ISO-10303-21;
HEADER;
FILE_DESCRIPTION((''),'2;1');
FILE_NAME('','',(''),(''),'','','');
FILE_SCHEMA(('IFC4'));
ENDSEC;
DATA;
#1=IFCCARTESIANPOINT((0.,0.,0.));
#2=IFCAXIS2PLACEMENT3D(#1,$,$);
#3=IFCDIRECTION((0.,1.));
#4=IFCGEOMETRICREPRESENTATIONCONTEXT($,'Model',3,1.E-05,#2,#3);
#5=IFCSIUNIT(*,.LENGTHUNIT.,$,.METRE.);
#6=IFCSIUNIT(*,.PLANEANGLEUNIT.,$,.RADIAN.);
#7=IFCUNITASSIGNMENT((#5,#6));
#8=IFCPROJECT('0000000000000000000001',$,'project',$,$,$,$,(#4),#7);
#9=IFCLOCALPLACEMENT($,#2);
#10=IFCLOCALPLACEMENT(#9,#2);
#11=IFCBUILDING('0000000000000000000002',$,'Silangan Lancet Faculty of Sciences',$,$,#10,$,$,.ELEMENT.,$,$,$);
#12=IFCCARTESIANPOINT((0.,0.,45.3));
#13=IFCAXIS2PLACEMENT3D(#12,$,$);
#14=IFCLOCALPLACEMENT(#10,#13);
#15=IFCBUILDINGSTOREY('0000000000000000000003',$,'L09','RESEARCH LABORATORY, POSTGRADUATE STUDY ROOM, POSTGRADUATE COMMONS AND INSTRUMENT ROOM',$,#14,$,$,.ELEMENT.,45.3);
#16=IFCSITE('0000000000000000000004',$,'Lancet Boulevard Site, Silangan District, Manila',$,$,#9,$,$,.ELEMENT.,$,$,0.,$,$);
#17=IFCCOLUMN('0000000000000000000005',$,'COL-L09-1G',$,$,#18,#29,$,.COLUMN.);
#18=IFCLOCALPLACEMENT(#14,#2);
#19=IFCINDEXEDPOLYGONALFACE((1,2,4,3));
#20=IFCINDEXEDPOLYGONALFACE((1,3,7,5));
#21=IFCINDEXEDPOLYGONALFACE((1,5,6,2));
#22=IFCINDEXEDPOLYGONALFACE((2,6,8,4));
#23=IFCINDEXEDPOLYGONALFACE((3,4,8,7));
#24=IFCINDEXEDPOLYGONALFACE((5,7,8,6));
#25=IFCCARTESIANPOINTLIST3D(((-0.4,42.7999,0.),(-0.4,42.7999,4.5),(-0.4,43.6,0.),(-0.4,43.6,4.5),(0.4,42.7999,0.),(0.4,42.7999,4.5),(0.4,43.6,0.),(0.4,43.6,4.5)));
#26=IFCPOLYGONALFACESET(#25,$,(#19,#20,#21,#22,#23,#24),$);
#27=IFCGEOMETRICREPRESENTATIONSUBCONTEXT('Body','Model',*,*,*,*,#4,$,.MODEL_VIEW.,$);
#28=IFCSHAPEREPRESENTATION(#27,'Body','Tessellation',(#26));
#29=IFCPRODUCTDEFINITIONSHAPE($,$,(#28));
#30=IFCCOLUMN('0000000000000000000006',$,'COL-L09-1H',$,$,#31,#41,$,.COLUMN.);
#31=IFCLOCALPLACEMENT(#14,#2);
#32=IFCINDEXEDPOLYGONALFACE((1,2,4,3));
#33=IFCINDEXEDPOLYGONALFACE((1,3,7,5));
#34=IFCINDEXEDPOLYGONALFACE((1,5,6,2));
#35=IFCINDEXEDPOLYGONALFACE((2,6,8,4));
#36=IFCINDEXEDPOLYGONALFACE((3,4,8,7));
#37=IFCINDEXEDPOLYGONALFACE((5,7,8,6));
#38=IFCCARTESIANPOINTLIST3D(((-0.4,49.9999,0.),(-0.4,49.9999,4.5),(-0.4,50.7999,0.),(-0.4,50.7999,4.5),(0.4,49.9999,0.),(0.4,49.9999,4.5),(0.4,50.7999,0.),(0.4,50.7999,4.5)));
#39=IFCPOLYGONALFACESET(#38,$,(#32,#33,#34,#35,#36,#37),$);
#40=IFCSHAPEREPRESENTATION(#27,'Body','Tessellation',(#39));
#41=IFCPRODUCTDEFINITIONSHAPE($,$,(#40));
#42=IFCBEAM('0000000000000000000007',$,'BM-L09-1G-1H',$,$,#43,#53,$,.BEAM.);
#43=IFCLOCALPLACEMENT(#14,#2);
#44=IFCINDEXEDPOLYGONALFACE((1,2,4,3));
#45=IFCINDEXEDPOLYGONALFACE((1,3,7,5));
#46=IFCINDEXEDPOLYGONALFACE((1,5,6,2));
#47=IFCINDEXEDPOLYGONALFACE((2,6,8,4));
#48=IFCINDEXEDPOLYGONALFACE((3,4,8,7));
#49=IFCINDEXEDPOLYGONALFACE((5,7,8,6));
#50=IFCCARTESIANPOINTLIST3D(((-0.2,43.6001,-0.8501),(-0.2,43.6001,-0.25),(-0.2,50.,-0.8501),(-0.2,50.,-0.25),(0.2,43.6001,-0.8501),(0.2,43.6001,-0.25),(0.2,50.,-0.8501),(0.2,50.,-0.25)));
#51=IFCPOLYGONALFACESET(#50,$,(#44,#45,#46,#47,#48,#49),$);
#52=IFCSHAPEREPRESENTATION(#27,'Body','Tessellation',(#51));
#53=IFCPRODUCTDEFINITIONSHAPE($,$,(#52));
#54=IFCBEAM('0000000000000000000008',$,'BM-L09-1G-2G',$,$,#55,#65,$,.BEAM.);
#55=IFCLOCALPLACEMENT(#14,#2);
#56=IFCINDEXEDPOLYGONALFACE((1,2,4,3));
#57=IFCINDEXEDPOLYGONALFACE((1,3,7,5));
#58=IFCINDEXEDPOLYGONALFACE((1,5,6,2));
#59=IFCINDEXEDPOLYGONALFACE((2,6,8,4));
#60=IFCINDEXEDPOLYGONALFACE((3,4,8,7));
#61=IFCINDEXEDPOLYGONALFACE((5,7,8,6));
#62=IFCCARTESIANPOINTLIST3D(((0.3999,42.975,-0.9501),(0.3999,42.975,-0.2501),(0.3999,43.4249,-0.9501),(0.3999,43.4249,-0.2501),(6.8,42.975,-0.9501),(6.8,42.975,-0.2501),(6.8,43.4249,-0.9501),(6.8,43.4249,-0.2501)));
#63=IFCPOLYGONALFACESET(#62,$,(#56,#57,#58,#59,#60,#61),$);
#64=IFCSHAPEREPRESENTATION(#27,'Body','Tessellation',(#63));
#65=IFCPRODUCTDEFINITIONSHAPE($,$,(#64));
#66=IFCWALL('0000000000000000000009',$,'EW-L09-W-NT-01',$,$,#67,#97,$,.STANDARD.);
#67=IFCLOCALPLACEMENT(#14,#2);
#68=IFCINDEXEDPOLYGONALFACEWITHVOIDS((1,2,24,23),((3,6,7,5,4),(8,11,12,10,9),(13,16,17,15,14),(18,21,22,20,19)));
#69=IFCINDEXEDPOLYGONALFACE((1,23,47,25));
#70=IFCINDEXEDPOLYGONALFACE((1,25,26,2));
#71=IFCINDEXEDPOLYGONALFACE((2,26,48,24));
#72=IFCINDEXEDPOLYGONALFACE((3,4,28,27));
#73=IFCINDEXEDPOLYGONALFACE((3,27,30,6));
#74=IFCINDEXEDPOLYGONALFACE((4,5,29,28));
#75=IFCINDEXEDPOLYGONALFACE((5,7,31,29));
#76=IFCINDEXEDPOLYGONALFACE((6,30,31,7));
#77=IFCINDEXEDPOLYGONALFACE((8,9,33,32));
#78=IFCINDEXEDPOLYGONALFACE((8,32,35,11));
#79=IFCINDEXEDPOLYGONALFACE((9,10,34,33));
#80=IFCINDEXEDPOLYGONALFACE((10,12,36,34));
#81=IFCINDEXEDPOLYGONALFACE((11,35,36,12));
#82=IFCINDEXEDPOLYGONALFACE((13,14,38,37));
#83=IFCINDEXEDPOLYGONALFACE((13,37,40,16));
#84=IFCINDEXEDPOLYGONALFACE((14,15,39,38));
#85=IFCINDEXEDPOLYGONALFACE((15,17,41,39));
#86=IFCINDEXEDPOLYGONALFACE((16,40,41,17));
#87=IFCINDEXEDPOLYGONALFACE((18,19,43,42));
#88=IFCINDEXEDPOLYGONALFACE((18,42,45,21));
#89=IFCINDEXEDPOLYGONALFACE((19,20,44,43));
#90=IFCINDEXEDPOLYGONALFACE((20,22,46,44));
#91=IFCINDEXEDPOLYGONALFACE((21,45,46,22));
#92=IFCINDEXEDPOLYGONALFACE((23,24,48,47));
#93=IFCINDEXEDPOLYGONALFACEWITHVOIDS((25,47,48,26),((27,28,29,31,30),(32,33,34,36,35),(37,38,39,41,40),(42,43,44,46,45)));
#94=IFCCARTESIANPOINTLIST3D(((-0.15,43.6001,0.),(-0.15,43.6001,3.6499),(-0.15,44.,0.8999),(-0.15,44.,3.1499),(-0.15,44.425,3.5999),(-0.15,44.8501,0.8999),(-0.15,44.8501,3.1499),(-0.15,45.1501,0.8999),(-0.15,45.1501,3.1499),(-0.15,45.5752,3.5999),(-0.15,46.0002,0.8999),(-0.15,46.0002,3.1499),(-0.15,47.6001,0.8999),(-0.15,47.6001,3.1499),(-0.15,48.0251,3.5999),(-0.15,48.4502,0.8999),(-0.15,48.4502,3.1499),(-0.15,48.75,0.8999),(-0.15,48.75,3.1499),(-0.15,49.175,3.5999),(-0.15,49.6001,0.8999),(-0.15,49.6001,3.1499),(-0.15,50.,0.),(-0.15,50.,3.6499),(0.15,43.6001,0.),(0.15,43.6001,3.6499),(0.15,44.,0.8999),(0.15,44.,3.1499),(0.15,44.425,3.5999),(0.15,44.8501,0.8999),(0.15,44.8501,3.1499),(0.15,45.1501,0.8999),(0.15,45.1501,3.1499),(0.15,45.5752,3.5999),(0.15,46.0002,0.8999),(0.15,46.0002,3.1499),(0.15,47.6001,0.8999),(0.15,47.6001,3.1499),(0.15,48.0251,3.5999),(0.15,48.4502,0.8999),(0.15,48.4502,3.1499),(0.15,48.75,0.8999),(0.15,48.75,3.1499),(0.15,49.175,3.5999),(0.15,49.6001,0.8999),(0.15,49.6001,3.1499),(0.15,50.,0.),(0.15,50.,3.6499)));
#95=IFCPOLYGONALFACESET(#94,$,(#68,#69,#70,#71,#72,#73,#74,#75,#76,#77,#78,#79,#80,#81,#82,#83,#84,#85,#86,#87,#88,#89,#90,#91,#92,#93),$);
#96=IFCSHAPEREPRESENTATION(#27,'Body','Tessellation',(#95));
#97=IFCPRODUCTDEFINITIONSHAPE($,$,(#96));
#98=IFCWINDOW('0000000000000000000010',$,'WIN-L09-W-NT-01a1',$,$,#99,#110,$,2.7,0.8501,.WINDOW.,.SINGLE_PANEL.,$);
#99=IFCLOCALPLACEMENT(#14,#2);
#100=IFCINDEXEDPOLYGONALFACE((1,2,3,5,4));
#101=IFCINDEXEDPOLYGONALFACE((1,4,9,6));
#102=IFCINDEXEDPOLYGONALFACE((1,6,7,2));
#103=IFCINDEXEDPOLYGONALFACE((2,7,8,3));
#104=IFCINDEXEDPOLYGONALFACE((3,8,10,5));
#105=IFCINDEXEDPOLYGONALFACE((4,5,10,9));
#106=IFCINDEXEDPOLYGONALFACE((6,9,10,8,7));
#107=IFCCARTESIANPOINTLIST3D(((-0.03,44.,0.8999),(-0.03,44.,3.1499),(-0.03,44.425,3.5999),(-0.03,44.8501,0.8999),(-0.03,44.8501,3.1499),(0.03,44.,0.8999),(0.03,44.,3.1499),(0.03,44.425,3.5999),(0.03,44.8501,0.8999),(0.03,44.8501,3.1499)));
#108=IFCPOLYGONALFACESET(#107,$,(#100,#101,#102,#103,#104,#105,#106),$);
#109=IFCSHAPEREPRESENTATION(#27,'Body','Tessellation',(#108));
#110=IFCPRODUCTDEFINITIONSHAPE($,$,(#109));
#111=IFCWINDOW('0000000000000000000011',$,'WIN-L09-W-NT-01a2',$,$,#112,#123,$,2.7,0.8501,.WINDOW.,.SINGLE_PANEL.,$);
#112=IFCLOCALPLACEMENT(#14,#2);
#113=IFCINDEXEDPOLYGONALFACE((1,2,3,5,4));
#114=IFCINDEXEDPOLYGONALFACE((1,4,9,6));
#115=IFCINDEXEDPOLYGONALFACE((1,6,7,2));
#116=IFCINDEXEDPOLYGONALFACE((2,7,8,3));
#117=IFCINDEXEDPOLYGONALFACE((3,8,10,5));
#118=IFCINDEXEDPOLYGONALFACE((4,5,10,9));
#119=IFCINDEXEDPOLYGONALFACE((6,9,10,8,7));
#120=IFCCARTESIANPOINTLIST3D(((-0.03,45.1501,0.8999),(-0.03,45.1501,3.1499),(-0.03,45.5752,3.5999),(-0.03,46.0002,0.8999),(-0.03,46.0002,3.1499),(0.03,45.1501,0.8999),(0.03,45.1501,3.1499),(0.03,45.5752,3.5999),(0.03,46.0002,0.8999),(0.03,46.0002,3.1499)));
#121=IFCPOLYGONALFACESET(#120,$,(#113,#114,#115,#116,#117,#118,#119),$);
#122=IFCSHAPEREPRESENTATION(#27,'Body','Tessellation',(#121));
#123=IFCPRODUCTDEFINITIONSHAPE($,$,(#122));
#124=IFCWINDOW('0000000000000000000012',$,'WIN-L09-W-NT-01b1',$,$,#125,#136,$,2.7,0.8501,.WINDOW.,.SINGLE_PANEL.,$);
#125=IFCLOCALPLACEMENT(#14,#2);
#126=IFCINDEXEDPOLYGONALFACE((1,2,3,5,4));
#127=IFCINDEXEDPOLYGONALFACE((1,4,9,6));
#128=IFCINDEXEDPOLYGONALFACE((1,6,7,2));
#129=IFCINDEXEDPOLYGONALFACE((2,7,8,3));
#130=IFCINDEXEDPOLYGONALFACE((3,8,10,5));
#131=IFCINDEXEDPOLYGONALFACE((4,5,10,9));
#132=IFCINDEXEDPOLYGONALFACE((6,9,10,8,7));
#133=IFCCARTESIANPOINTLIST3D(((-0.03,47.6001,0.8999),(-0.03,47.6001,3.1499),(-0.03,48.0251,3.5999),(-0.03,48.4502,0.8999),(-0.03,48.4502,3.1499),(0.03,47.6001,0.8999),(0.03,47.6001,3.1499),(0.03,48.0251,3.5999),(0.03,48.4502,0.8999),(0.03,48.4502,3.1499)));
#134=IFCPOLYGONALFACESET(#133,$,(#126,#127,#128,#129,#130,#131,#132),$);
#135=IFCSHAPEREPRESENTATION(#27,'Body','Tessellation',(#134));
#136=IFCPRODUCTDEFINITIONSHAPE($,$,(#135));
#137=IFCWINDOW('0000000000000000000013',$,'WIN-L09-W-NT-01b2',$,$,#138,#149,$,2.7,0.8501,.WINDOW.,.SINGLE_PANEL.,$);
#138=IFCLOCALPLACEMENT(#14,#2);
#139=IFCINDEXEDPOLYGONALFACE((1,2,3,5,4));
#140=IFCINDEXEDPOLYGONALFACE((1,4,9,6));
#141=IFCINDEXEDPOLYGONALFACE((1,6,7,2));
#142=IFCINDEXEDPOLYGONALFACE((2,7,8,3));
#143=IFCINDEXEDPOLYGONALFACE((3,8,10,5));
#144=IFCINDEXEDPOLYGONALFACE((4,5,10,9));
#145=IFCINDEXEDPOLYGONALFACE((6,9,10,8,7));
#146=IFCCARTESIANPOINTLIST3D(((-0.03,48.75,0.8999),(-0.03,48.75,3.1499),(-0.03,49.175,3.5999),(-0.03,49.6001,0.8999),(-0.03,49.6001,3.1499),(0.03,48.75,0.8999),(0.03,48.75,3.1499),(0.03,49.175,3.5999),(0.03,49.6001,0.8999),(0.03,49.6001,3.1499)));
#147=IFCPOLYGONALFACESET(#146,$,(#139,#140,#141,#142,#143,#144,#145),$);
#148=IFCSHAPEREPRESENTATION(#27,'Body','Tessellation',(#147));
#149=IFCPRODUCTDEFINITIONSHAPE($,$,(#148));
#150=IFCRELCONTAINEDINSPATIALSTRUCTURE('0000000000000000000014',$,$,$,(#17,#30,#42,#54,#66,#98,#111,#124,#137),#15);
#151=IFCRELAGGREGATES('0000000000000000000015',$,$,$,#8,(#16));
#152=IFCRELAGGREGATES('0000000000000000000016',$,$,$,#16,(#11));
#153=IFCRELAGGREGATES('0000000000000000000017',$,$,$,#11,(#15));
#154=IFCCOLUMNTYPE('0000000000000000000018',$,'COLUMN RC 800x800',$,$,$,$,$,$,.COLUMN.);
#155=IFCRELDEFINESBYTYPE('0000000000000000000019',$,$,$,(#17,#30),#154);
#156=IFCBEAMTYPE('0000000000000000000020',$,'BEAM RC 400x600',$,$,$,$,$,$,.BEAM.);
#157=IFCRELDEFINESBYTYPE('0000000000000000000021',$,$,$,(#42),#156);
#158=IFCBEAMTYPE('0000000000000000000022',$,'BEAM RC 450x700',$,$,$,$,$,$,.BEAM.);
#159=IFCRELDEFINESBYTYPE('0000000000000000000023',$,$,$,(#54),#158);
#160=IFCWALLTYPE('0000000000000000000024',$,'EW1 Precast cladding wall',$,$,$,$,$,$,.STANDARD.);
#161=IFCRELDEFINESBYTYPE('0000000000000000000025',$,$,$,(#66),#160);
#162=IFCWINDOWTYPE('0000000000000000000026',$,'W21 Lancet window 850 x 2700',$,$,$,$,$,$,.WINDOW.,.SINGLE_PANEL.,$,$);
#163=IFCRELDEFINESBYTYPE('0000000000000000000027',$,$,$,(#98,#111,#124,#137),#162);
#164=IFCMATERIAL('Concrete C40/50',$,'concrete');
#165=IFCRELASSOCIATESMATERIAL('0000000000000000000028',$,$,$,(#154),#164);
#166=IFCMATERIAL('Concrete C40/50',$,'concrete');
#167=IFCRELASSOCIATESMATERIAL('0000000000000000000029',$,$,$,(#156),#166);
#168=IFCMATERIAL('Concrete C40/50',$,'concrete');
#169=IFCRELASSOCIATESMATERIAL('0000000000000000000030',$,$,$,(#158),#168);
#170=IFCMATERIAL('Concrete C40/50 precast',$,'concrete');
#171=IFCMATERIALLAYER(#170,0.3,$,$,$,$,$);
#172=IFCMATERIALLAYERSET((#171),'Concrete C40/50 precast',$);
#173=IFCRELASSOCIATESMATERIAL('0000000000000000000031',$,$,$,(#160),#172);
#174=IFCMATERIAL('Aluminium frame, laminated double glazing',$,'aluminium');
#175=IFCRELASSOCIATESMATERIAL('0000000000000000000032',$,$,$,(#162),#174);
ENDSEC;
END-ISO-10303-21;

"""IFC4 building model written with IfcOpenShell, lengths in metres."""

from ifc_helpers import new_model, si_unit, direction, frame, frame_2d, origin, origin_2d, place, context, subcontext, project, spatial, polyline, rectangle, outline, extrude, material, layer, layer_set, material_profile, profile_set, type_object, element, fill, save


model = new_model("IFC4")

# Units and contexts
model_context = context("Model", 3, precision=1e-05, world=origin(), true_north=direction((0.0, 1.0)))
body_context = subcontext(model_context, "Body", "Model", "MODEL_VIEW")
ifc_project = project(units=[si_unit("LENGTHUNIT", "METRE"), si_unit("PLANEANGLEUNIT", "RADIAN")], contexts=[model_context])

# Site, building, storey
site_placement = place(None, origin())
site = spatial("IfcSite", under=ifc_project, at=site_placement, Name="Lancet Boulevard Site, Silangan District, Manila", CompositionType="ELEMENT", RefElevation=0.0)
building_placement = place(site_placement, origin())
building = spatial("IfcBuilding", under=site, at=building_placement, Name="Silangan Lancet Faculty of Sciences", CompositionType="ELEMENT")
storey_placement = place(building_placement, frame((0.0, 0.0, 45.3)))
storey = spatial("IfcBuildingStorey", under=building, at=storey_placement, Name="L09", Description="RESEARCH LABORATORY, POSTGRADUATE STUDY ROOM, POSTGRADUATE COMMONS AND INSTRUMENT ROOM", CompositionType="ELEMENT", Elevation=45.3)

# Columns
ifc_material_1 = material(Name="Concrete C40/50", Category="concrete")
ifc_material_profile_1 = material_profile(ifc_material_1, rectangle(XDim=0.8, YDim=0.8, at=origin_2d()), Name="RC 800x800")
ifc_profile_set_1 = profile_set([ifc_material_profile_1], Name="Concrete C40/50")
column_type = type_object("IfcColumnType", Name="COLUMN RC 800x800", PredefinedType="COLUMN", material=ifc_profile_set_1)
for number, where, z_axis, x_axis, name in (
    (1, (0.0, 43.2, 0.0), (0.0, 0.0, 1.0), (1.0, 0.0, 0.0), "COL-L09-1G"),
    (2, (0.0, 50.3999, 0.0), (0.0, 0.0, 1.0), (1.0, 0.0, 0.0), "COL-L09-1H"),
):
    element("IfcColumn", number, at=place(storey_placement, frame(where, z_axis=z_axis, x_axis=x_axis)), inside=storey, type_object=column_type, Name=name, PredefinedType="COLUMN", context=body_context, shape_type="SweptSolid", body=[
        extrude(rectangle(XDim=0.8, YDim=0.8, at=origin_2d()), origin(), (0.0, 0.0, 1.0), 4.5),
    ])

# Beams
ifc_material_2 = material(Name="Concrete C40/50", Category="concrete")
ifc_material_profile_2 = material_profile(ifc_material_2, rectangle(XDim=0.3999, YDim=0.6001, at=origin_2d()), Name="RC 400x600")
ifc_profile_set_2 = profile_set([ifc_material_profile_2], Name="Concrete C40/50")
beam_type_1 = type_object("IfcBeamType", Name="BEAM RC 400x600", PredefinedType="BEAM", material=ifc_profile_set_2)
beam_1_placement = place(storey_placement, frame((0.0, 43.6001, -0.55), z_axis=(0.0, 1.0, 0.0), x_axis=(-1.0, 0.0, 0.0)))
element("IfcBeam", 3, at=beam_1_placement, inside=storey, type_object=beam_type_1, Name="BM-L09-1G-1H", PredefinedType="BEAM", context=body_context, shape_type="SweptSolid", body=[
    extrude(rectangle(XDim=0.3999, YDim=0.6001, at=origin_2d()), origin(), (0.0, 0.0, 1.0), 6.3999),
])
ifc_material_3 = material(Name="Concrete C40/50", Category="concrete")
ifc_material_profile_3 = material_profile(ifc_material_3, rectangle(XDim=0.45, YDim=0.7, at=origin_2d()), Name="RC 450x700")
ifc_profile_set_3 = profile_set([ifc_material_profile_3], Name="Concrete C40/50")
beam_type_2 = type_object("IfcBeamType", Name="BEAM RC 450x700", PredefinedType="BEAM", material=ifc_profile_set_3)
beam_2_placement = place(storey_placement, frame((0.3999, 43.2, -0.6001), z_axis=(1.0, 0.0, 0.0), x_axis=(0.0, 1.0, 0.0)))
element("IfcBeam", 4, at=beam_2_placement, inside=storey, type_object=beam_type_2, Name="BM-L09-1G-2G", PredefinedType="BEAM", context=body_context, shape_type="SweptSolid", body=[
    extrude(rectangle(XDim=0.45, YDim=0.7, at=origin_2d()), origin(), (0.0, 0.0, 1.0), 6.4001),
])

# Wall, openings, windows
ifc_material_4 = material(Name="Concrete C40/50 precast", Category="concrete")
ifc_layer_1 = layer(ifc_material_4, 0.3)
ifc_layer_set_1 = layer_set([ifc_layer_1], Name="Concrete C40/50 precast")
wall_type_1 = type_object("IfcWallType", Name="EW1 Precast cladding wall", PredefinedType="STANDARD", material=ifc_layer_set_1)
wall_1_placement = place(storey_placement, frame((0.0, 43.6001, 0.0), z_axis=(0.0, 0.0, 1.0), x_axis=(0.0, 1.0, 0.0)))
wall_1 = element("IfcWall", 5, at=wall_1_placement, inside=storey, type_object=wall_type_1, Name="EW-L09-W-NT-01", PredefinedType="STANDARD", context=body_context, shape_type="SweptSolid", body=[
    extrude(rectangle(XDim=6.3999, YDim=0.3, at=frame_2d((3.2, 0.0))), origin(), (0.0, 0.0, 1.0), 3.6499),
])
opening_1_placement = place(wall_1_placement, frame((0.3999, 0.0, 0.8999)))
opening_1 = element("IfcOpeningElement", 6, at=opening_1_placement, cuts=wall_1, PredefinedType="OPENING", context=body_context, shape_type="SweptSolid", body=[
    extrude(outline(polyline([(0.0, 0.0), (0.8501, 0.0), (0.8501, 2.25), (0.425, 2.7), (0.0, 2.25), (0.0, 0.0)])), frame((0.0, 0.1599, 0.0), z_axis=(0.0, -1.0, 0.0), x_axis=(1.0, 0.0, 0.0)), (0.0, 0.0, 1.0), 0.3201),
])
opening_2_placement = place(wall_1_placement, frame((1.55, 0.0, 0.8999)))
opening_2 = element("IfcOpeningElement", 7, at=opening_2_placement, cuts=wall_1, PredefinedType="OPENING", context=body_context, shape_type="SweptSolid", body=[
    extrude(outline(polyline([(0.0, 0.0), (0.8501, 0.0), (0.8501, 2.25), (0.425, 2.7), (0.0, 2.25), (0.0, 0.0)])), frame((0.0, 0.1599, 0.0), z_axis=(0.0, -1.0, 0.0), x_axis=(1.0, 0.0, 0.0)), (0.0, 0.0, 1.0), 0.3201),
])
opening_3_placement = place(wall_1_placement, frame((4.0, 0.0, 0.8999)))
opening_3 = element("IfcOpeningElement", 8, at=opening_3_placement, cuts=wall_1, PredefinedType="OPENING", context=body_context, shape_type="SweptSolid", body=[
    extrude(outline(polyline([(0.0, 0.0), (0.8501, 0.0), (0.8501, 2.25), (0.425, 2.7), (0.0, 2.25), (0.0, 0.0)])), frame((0.0, 0.1599, 0.0), z_axis=(0.0, -1.0, 0.0), x_axis=(1.0, 0.0, 0.0)), (0.0, 0.0, 1.0), 0.3201),
])
opening_4_placement = place(wall_1_placement, frame((5.1499, 0.0, 0.8999)))
opening_4 = element("IfcOpeningElement", 9, at=opening_4_placement, cuts=wall_1, PredefinedType="OPENING", context=body_context, shape_type="SweptSolid", body=[
    extrude(outline(polyline([(0.0, 0.0), (0.8501, 0.0), (0.8501, 2.25), (0.425, 2.7), (0.0, 2.25), (0.0, 0.0)])), frame((0.0, 0.1599, 0.0), z_axis=(0.0, -1.0, 0.0), x_axis=(1.0, 0.0, 0.0)), (0.0, 0.0, 1.0), 0.3201),
])
ifc_material_5 = material(Name="Aluminium frame, laminated double glazing", Category="aluminium")
window_type = type_object("IfcWindowType", Name="W21 Lancet window 850 x 2700", PartitioningType="SINGLE_PANEL", PredefinedType="WINDOW", material=ifc_material_5)
window_1_placement = place(opening_1_placement, origin())
window_1 = element("IfcWindow", 10, at=window_1_placement, inside=storey, type_object=window_type, Name="WIN-L09-W-NT-01a1", OverallHeight=2.7, OverallWidth=0.8501, PartitioningType="SINGLE_PANEL", PredefinedType="WINDOW", context=body_context, shape_type="SweptSolid", body=[
    extrude(outline(polyline([(0.0, 0.0), (0.8501, 0.0), (0.8501, 2.25), (0.425, 2.7), (0.0, 2.25), (0.0, 0.0)])), frame((0.0, 0.03, 0.0), z_axis=(0.0, -1.0, 0.0), x_axis=(1.0, 0.0, 0.0)), (0.0, 0.0, 1.0), 0.0601),
])
fill(opening_1, window_1)
window_2_placement = place(opening_2_placement, origin())
window_2 = element("IfcWindow", 11, at=window_2_placement, inside=storey, type_object=window_type, Name="WIN-L09-W-NT-01a2", OverallHeight=2.7, OverallWidth=0.8501, PartitioningType="SINGLE_PANEL", PredefinedType="WINDOW", context=body_context, shape_type="SweptSolid", body=[
    extrude(outline(polyline([(0.0, 0.0), (0.8501, 0.0), (0.8501, 2.25), (0.425, 2.7), (0.0, 2.25), (0.0, 0.0)])), frame((0.0, 0.03, 0.0), z_axis=(0.0, -1.0, 0.0), x_axis=(1.0, 0.0, 0.0)), (0.0, 0.0, 1.0), 0.0601),
])
fill(opening_2, window_2)
window_3_placement = place(opening_3_placement, origin())
window_3 = element("IfcWindow", 12, at=window_3_placement, inside=storey, type_object=window_type, Name="WIN-L09-W-NT-01b1", OverallHeight=2.7, OverallWidth=0.8501, PartitioningType="SINGLE_PANEL", PredefinedType="WINDOW", context=body_context, shape_type="SweptSolid", body=[
    extrude(outline(polyline([(0.0, 0.0), (0.8501, 0.0), (0.8501, 2.25), (0.425, 2.7), (0.0, 2.25), (0.0, 0.0)])), frame((0.0, 0.03, 0.0), z_axis=(0.0, -1.0, 0.0), x_axis=(1.0, 0.0, 0.0)), (0.0, 0.0, 1.0), 0.0601),
])
fill(opening_3, window_3)
window_4_placement = place(opening_4_placement, origin())
window_4 = element("IfcWindow", 13, at=window_4_placement, inside=storey, type_object=window_type, Name="WIN-L09-W-NT-01b2", OverallHeight=2.7, OverallWidth=0.8501, PartitioningType="SINGLE_PANEL", PredefinedType="WINDOW", context=body_context, shape_type="SweptSolid", body=[
    extrude(outline(polyline([(0.0, 0.0), (0.8501, 0.0), (0.8501, 2.25), (0.425, 2.7), (0.0, 2.25), (0.0, 0.0)])), frame((0.0, 0.03, 0.0), z_axis=(0.0, -1.0, 0.0), x_axis=(1.0, 0.0, 0.0)), (0.0, 0.0, 1.0), 0.0601),
])
fill(opening_4, window_4)

save(model, "model.ifc")
